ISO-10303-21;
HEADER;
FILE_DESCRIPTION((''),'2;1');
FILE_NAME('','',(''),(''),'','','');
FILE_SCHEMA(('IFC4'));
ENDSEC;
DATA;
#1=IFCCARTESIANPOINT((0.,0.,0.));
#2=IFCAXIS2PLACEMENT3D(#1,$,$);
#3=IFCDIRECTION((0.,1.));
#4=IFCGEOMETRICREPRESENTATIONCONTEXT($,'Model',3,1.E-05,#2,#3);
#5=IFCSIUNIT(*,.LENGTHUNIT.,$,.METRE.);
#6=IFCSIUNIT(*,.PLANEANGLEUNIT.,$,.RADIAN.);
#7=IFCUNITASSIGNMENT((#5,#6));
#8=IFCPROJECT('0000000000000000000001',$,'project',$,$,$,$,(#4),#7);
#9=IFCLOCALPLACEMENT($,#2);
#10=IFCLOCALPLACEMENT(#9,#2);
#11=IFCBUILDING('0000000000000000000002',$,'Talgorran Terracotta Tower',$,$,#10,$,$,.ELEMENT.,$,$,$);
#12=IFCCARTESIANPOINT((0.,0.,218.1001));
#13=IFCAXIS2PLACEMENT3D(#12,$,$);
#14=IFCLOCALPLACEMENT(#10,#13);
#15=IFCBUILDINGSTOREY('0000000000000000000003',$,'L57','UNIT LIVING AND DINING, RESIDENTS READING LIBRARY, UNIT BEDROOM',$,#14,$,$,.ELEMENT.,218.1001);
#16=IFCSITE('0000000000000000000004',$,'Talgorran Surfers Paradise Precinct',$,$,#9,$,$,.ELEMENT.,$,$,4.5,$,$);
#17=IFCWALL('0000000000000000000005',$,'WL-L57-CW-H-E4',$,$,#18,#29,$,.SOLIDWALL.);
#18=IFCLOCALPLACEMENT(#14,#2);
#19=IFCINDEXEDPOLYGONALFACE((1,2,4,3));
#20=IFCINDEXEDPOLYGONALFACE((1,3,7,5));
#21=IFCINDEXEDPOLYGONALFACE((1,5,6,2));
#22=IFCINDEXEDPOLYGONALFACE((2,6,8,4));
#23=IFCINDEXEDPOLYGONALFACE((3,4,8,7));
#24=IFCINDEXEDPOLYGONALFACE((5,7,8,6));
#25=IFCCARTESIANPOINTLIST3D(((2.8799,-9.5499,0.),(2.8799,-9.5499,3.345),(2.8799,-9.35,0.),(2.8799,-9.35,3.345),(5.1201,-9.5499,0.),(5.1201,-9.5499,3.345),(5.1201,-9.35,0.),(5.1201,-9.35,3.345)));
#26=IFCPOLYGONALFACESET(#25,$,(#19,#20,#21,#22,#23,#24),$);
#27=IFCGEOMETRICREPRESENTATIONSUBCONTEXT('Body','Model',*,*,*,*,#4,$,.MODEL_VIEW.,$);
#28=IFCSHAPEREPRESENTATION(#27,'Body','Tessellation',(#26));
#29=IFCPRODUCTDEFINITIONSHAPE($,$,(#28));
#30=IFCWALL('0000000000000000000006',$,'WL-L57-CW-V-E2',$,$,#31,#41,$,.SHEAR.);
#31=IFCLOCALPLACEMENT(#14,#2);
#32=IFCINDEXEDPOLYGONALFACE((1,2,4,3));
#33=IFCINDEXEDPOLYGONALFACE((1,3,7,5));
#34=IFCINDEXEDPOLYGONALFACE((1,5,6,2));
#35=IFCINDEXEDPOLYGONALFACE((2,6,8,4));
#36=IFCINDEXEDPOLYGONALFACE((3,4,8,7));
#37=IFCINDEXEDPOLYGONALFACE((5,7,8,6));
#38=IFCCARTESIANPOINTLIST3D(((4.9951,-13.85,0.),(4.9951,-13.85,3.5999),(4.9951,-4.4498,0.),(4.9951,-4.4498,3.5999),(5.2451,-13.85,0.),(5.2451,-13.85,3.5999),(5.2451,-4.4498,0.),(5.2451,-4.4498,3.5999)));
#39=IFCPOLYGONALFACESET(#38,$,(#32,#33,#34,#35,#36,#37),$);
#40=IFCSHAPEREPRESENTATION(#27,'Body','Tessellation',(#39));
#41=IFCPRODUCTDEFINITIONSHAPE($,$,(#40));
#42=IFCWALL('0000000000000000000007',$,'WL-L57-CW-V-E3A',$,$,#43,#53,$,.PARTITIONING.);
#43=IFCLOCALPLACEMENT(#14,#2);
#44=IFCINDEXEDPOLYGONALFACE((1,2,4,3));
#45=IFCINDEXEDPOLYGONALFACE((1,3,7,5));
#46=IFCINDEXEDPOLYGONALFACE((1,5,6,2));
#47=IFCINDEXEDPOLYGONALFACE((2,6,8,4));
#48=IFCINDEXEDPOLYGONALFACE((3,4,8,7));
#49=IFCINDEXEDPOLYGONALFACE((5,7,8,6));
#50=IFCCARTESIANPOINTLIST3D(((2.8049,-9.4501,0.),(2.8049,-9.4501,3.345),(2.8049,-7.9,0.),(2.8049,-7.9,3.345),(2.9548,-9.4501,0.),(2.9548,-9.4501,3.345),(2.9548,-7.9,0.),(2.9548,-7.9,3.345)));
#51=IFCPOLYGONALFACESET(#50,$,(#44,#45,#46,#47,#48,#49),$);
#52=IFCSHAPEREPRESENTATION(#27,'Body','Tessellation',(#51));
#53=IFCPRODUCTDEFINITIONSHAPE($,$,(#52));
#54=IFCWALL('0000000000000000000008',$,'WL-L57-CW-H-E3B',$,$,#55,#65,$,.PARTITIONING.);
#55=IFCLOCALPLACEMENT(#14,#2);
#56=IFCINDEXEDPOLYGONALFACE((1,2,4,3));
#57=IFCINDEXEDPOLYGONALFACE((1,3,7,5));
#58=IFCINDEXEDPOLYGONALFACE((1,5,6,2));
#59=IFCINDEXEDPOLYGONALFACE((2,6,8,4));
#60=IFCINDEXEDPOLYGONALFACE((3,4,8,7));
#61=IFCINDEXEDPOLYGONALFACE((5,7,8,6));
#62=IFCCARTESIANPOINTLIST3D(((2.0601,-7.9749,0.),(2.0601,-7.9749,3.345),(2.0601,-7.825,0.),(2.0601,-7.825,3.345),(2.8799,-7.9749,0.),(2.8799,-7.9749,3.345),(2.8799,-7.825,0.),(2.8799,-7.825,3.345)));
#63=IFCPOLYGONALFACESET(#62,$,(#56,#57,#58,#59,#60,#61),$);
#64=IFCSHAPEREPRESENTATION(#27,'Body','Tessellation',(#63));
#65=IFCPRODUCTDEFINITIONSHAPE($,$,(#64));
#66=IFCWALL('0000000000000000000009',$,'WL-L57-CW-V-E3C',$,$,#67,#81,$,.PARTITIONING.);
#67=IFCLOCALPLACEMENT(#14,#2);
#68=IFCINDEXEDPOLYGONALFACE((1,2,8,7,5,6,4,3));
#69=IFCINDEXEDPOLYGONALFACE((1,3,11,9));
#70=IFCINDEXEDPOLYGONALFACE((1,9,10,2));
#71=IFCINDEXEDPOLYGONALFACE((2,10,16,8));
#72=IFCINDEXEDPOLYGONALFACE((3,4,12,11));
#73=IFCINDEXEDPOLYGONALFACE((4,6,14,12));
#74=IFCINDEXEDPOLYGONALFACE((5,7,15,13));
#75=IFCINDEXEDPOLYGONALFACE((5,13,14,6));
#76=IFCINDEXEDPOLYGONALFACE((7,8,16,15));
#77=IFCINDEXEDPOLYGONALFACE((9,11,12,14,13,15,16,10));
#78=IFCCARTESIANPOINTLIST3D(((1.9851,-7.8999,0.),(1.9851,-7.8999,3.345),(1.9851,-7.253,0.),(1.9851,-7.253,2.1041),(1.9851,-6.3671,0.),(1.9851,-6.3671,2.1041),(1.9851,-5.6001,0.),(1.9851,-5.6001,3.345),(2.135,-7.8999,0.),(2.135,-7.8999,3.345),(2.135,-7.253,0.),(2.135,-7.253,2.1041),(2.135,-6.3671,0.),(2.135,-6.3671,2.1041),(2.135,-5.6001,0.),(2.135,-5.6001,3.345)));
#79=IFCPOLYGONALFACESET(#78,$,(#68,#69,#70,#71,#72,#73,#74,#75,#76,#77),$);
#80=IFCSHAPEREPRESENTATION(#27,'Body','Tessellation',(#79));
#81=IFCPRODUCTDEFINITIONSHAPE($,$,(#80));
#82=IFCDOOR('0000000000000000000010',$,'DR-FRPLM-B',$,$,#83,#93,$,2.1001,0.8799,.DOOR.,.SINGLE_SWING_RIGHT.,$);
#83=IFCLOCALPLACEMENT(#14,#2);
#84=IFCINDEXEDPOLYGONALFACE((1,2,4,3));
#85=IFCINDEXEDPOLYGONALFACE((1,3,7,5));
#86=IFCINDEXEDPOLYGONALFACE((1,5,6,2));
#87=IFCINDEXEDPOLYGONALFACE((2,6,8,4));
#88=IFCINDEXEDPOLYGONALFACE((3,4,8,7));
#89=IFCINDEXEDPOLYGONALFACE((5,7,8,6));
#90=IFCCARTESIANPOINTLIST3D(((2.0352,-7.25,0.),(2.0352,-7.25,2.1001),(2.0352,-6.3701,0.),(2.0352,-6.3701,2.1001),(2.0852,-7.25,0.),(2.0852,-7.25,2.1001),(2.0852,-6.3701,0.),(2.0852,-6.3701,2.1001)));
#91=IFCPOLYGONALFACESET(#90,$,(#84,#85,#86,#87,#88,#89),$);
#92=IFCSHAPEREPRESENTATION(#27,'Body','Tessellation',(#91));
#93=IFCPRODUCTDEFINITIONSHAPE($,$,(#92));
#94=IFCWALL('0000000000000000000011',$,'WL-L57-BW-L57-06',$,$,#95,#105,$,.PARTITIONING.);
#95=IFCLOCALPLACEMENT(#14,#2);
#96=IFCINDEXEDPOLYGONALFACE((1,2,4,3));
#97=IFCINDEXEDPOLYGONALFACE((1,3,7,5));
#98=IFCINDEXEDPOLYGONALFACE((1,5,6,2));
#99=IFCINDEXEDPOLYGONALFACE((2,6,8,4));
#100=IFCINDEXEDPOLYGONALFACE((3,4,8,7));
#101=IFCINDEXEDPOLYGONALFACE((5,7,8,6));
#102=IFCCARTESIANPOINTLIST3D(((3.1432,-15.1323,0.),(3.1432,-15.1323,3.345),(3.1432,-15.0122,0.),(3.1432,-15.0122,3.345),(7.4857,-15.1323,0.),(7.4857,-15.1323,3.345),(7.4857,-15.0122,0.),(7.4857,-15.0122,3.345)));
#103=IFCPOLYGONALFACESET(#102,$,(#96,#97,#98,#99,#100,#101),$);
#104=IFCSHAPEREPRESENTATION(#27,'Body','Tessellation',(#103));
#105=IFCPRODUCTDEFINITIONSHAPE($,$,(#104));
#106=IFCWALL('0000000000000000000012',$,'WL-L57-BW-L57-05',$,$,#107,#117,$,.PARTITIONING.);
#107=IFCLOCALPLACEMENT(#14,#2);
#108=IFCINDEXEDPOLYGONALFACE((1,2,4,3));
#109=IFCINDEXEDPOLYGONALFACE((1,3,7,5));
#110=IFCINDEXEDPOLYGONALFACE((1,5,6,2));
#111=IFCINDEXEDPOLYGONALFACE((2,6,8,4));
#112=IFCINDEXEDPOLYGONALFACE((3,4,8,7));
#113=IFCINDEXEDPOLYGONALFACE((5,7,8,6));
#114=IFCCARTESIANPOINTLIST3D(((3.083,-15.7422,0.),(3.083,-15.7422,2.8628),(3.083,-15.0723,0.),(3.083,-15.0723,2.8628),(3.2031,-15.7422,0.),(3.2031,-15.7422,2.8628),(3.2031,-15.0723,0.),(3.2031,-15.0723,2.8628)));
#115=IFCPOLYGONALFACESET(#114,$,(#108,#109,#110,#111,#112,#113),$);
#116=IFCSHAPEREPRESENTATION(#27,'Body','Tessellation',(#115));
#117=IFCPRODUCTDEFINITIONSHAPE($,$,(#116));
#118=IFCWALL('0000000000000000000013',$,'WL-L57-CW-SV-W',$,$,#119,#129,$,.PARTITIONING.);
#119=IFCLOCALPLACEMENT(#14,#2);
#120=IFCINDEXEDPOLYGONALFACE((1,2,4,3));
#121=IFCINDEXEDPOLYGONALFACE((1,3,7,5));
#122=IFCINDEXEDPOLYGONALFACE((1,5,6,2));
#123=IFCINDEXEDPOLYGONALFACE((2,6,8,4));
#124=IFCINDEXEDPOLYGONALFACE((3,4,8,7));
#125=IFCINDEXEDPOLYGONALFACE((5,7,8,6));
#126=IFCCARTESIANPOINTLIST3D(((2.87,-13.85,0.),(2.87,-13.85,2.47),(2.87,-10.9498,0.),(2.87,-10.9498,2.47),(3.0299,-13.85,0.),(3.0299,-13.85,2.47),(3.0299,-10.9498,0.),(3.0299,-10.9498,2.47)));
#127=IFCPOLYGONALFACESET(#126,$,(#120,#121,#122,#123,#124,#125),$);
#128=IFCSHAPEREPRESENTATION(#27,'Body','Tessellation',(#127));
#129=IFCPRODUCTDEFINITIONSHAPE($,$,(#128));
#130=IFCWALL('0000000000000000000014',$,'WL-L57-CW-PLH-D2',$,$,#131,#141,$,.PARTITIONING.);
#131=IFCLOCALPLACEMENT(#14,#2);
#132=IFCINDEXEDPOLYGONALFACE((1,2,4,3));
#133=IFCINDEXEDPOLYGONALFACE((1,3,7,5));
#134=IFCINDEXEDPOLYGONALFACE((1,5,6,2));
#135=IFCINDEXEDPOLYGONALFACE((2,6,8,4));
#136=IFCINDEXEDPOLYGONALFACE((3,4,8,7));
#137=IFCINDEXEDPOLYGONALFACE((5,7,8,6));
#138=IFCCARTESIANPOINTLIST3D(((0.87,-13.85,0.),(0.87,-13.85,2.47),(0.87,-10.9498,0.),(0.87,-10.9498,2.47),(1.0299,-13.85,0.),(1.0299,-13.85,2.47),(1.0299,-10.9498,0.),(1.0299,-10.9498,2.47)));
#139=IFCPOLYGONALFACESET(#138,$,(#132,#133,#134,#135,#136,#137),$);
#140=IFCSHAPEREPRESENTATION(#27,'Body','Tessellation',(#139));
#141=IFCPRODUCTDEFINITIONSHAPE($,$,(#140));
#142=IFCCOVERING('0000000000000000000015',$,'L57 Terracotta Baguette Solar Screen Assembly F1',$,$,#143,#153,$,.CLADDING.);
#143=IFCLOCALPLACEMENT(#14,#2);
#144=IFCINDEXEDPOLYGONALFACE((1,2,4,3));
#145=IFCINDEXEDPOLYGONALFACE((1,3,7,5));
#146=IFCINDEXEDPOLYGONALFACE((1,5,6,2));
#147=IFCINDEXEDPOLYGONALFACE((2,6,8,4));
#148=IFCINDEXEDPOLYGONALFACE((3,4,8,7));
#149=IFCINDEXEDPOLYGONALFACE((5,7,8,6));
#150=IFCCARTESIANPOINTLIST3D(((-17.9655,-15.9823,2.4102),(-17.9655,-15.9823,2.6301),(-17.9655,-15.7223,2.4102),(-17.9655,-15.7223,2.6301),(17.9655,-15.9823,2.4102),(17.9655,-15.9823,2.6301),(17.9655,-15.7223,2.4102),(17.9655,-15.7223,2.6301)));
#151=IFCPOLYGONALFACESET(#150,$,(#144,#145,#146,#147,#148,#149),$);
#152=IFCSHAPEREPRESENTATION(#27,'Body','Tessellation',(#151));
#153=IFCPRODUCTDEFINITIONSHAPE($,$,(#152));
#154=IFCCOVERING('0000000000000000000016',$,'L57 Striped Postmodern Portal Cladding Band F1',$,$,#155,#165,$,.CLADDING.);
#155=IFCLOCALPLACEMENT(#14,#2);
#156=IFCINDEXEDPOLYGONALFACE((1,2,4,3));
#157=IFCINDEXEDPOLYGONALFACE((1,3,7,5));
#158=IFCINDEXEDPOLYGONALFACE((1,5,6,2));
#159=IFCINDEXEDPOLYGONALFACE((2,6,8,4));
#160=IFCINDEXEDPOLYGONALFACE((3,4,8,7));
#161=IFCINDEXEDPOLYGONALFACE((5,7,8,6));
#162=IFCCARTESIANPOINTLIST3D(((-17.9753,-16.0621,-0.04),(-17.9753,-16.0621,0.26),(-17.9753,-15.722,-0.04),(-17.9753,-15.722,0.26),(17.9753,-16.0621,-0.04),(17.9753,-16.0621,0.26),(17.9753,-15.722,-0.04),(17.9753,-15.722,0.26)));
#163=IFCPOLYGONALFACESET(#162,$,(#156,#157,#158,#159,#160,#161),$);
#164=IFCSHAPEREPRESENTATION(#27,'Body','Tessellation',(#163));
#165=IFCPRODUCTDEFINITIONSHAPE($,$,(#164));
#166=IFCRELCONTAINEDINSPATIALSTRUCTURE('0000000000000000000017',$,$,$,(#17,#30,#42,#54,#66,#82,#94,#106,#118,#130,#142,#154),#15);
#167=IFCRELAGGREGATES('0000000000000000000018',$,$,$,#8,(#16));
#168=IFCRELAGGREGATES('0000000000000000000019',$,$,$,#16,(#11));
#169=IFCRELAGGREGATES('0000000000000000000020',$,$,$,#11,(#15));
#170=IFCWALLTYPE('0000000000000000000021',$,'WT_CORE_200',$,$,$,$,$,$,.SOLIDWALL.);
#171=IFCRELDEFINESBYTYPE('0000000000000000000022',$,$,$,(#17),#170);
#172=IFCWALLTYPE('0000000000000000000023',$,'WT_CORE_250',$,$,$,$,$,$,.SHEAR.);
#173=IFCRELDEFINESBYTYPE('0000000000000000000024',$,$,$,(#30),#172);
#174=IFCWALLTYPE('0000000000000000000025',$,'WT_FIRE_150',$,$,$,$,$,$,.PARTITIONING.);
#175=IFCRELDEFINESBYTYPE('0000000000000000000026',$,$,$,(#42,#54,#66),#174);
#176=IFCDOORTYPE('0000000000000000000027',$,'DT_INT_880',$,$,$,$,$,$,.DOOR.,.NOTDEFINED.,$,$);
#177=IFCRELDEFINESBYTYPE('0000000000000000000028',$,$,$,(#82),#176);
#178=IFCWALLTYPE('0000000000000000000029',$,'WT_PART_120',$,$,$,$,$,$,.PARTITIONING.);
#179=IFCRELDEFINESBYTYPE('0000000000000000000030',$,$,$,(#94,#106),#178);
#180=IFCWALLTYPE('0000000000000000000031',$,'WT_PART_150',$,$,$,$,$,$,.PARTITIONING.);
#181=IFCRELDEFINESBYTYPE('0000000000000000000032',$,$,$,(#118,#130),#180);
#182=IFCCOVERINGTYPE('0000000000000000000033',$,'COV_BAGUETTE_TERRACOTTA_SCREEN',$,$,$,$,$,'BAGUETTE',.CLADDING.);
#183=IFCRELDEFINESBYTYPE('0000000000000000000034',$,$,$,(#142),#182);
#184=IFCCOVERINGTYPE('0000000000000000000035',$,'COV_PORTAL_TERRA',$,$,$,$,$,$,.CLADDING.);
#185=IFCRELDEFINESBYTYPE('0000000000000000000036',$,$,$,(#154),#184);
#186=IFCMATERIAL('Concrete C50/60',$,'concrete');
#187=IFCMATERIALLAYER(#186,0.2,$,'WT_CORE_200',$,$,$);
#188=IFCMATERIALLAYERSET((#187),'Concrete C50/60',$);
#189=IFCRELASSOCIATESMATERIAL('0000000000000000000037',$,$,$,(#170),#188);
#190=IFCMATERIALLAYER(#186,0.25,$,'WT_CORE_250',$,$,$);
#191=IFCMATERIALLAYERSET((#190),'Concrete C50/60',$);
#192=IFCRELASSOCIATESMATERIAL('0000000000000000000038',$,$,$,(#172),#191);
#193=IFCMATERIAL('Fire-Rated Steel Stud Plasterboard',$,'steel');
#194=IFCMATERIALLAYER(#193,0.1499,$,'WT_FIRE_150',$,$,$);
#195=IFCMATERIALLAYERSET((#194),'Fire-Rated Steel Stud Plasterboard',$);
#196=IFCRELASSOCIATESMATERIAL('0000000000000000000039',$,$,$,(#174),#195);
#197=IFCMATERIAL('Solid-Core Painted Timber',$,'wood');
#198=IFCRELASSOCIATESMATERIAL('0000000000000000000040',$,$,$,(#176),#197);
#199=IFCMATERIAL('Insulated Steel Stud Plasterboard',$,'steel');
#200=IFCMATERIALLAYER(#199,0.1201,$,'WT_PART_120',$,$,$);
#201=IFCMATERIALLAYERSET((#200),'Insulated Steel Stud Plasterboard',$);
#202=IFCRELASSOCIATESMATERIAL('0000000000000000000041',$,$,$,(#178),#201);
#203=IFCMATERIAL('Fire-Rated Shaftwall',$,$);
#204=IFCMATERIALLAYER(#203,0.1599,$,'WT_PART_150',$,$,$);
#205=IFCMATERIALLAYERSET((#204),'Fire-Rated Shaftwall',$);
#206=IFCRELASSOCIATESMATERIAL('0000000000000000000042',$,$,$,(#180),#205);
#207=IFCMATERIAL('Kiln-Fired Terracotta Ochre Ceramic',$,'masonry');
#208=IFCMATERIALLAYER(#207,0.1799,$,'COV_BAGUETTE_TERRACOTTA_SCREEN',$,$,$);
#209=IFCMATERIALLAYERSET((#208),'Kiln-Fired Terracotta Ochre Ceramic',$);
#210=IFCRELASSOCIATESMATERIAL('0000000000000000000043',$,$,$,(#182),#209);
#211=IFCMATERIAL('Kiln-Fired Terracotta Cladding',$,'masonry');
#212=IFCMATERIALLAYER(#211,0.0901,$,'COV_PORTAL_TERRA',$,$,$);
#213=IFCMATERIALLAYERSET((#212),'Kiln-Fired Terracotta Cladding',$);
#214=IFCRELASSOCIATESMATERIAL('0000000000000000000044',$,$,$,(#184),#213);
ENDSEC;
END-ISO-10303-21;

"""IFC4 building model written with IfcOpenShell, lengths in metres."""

from ifc_helpers import new_model, si_unit, direction, frame, frame_2d, origin, origin_2d, place, context, subcontext, project, spatial, rectangle, extrude, material, layer, layer_set, type_object, element, fill, save


model = new_model("IFC4")

# Units and contexts
model_context = context("Model", 3, precision=1e-05, world=origin(), true_north=direction((0.0, 1.0)))
body_context = subcontext(model_context, "Body", "Model", "MODEL_VIEW")
ifc_project = project(units=[si_unit("LENGTHUNIT", "METRE"), si_unit("PLANEANGLEUNIT", "RADIAN")], contexts=[model_context])

# Site, building, storey
site_placement = place(None, origin())
site = spatial("IfcSite", under=ifc_project, at=site_placement, Name="Talgorran Surfers Paradise Precinct", CompositionType="ELEMENT", RefElevation=4.5)
building_placement = place(site_placement, origin())
building = spatial("IfcBuilding", under=site, at=building_placement, Name="Talgorran Terracotta Tower", CompositionType="ELEMENT")
storey_placement = place(building_placement, frame((0.0, 0.0, 218.1001)))
storey = spatial("IfcBuildingStorey", under=building, at=storey_placement, Name="L57", Description="UNIT LIVING AND DINING, RESIDENTS READING LIBRARY, UNIT BEDROOM", CompositionType="ELEMENT", Elevation=218.1001)

# Shared definitions
ifc_material_1 = material(Name="Concrete C50/60", Category="concrete")

# Shared definitions
ifc_layer_1 = layer(ifc_material_1, 0.2, Name="WT_CORE_200")
ifc_layer_set_1 = layer_set([ifc_layer_1], Name="Concrete C50/60")
wall_type_1 = type_object("IfcWallType", Name="WT_CORE_200", PredefinedType="SOLIDWALL", material=ifc_layer_set_1)

# Walls
wall_1_placement = place(storey_placement, frame((2.8799, -9.45, 0.0), z_axis=(0.0, 0.0, 1.0), x_axis=(1.0, 0.0, 0.0)))
element("IfcWall", 1, at=wall_1_placement, inside=storey, type_object=wall_type_1, Name="WL-L57-CW-H-E4", PredefinedType="SOLIDWALL", context=body_context, shape_type="SweptSolid", body=[
    extrude(rectangle(XDim=2.2402, YDim=0.2, at=frame_2d((1.1201, 0.0))), origin(), (0.0, 0.0, 1.0), 3.345),
])
ifc_layer_2 = layer(ifc_material_1, 0.25, Name="WT_CORE_250")
ifc_layer_set_2 = layer_set([ifc_layer_2], Name="Concrete C50/60")
wall_type_2 = type_object("IfcWallType", Name="WT_CORE_250", PredefinedType="SHEAR", material=ifc_layer_set_2)
wall_2_placement = place(storey_placement, frame((5.1201, -13.8501, 0.0), z_axis=(0.0, 0.0, 1.0), x_axis=(0.0, 1.0, 0.0)))
element("IfcWall", 2, at=wall_2_placement, inside=storey, type_object=wall_type_2, Name="WL-L57-CW-V-E2", PredefinedType="SHEAR", context=body_context, shape_type="SweptSolid", body=[
    extrude(rectangle(XDim=9.4001, YDim=0.25, at=frame_2d((4.7002, 0.0))), origin(), (0.0, 0.0, 1.0), 3.5999),
])
ifc_material_2 = material(Name="Fire-Rated Steel Stud Plasterboard", Category="steel")
ifc_layer_3 = layer(ifc_material_2, 0.1499, Name="WT_FIRE_150")
ifc_layer_set_3 = layer_set([ifc_layer_3], Name="Fire-Rated Steel Stud Plasterboard")
wall_type_3 = type_object("IfcWallType", Name="WT_FIRE_150", PredefinedType="PARTITIONING", material=ifc_layer_set_3)
wall_3_placement = place(storey_placement, frame((2.8799, -9.45, 0.0), z_axis=(0.0, 0.0, 1.0), x_axis=(0.0, 1.0, 0.0)))
element("IfcWall", 3, at=wall_3_placement, inside=storey, type_object=wall_type_3, Name="WL-L57-CW-V-E3A", PredefinedType="PARTITIONING", context=body_context, shape_type="SweptSolid", body=[
    extrude(rectangle(XDim=1.55, YDim=0.1499, at=frame_2d((0.7749, 0.0))), origin(), (0.0, 0.0, 1.0), 3.345),
])
wall_4_placement = place(storey_placement, frame((2.0601, -7.8999, 0.0), z_axis=(0.0, 0.0, 1.0), x_axis=(1.0, 0.0, 0.0)))
element("IfcWall", 4, at=wall_4_placement, inside=storey, type_object=wall_type_3, Name="WL-L57-CW-H-E3B", PredefinedType="PARTITIONING", context=body_context, shape_type="SweptSolid", body=[
    extrude(rectangle(XDim=0.8198, YDim=0.1499, at=frame_2d((0.4099, 0.0))), origin(), (0.0, 0.0, 1.0), 3.345),
])

# Wall, opening, door
wall_5_placement = place(storey_placement, frame((2.0601, -7.8999, 0.0), z_axis=(0.0, 0.0, 1.0), x_axis=(0.0, 1.0, 0.0)))
wall_5 = element("IfcWall", 5, at=wall_5_placement, inside=storey, type_object=wall_type_3, Name="WL-L57-CW-V-E3C", PredefinedType="PARTITIONING", context=body_context, shape_type="SweptSolid", body=[
    extrude(rectangle(XDim=2.2998, YDim=0.1499, at=frame_2d((1.1499, 0.0))), origin(), (0.0, 0.0, 1.0), 3.345),
])
opening_1_placement = place(wall_5_placement, frame((0.6499, 0.0, 0.0)))
opening_1 = element("IfcOpeningElement", 6, at=opening_1_placement, cuts=wall_5, PredefinedType="OPENING", context=body_context, shape_type="SweptSolid", body=[
    extrude(rectangle(XDim=0.8859, YDim=2.1041, at=frame_2d((0.4399, 1.052))), frame((0.0, 0.085, 0.0), z_axis=(0.0, -1.0, 0.0), x_axis=(1.0, 0.0, 0.0)), (0.0, 0.0, 1.0), 0.1699),
])
ifc_material_3 = material(Name="Solid-Core Painted Timber", Category="wood")
door_type_1 = type_object("IfcDoorType", Name="DT_INT_880", OperationType="NOTDEFINED", PredefinedType="DOOR", material=ifc_material_3)
door_1_placement = place(opening_1_placement, origin())
door_1 = element("IfcDoor", 7, at=door_1_placement, inside=storey, type_object=door_type_1, Name="DR-FRPLM-B", OperationType="SINGLE_SWING_RIGHT", OverallHeight=2.1001, OverallWidth=0.8799, PredefinedType="DOOR", context=body_context, shape_type="SweptSolid", body=[
    extrude(rectangle(XDim=0.8799, YDim=2.1001, at=frame_2d((0.4399, 1.05))), frame((0.0, 0.0249, 0.0), z_axis=(0.0, -1.0, 0.0), x_axis=(1.0, 0.0, 0.0)), (0.0, 0.0, 1.0), 0.05),
])
fill(opening_1, door_1)

# Walls
ifc_material_4 = material(Name="Insulated Steel Stud Plasterboard", Category="steel")
ifc_layer_4 = layer(ifc_material_4, 0.1201, Name="WT_PART_120")
ifc_layer_set_4 = layer_set([ifc_layer_4], Name="Insulated Steel Stud Plasterboard")
wall_type_4 = type_object("IfcWallType", Name="WT_PART_120", PredefinedType="PARTITIONING", material=ifc_layer_set_4)
wall_6_placement = place(storey_placement, frame((3.1431, -15.0723, 0.0), z_axis=(0.0, 0.0, 1.0), x_axis=(1.0, 0.0, 0.0)))
element("IfcWall", 8, at=wall_6_placement, inside=storey, type_object=wall_type_4, Name="WL-L57-BW-L57-06", PredefinedType="PARTITIONING", context=body_context, shape_type="SweptSolid", body=[
    extrude(rectangle(XDim=4.3425, YDim=0.1201, at=frame_2d((2.1714, 0.0))), origin(), (0.0, 0.0, 1.0), 3.345),
])
wall_7_placement = place(storey_placement, frame((3.1431, -15.7422, 0.0), z_axis=(0.0, 0.0, 1.0), x_axis=(0.0, 1.0, 0.0)))
element("IfcWall", 9, at=wall_7_placement, inside=storey, type_object=wall_type_4, Name="WL-L57-BW-L57-05", PredefinedType="PARTITIONING", context=body_context, shape_type="SweptSolid", body=[
    extrude(rectangle(XDim=0.6699, YDim=0.1201, at=frame_2d((0.335, 0.0))), origin(), (0.0, 0.0, 1.0), 2.8628),
])
ifc_material_5 = material(Name="Fire-Rated Shaftwall")
ifc_layer_5 = layer(ifc_material_5, 0.1599, Name="WT_PART_150")
ifc_layer_set_5 = layer_set([ifc_layer_5], Name="Fire-Rated Shaftwall")
wall_type_5 = type_object("IfcWallType", Name="WT_PART_150", PredefinedType="PARTITIONING", material=ifc_layer_set_5)
for number, where, z_axis, x_axis, name in (
    (10, (2.95, -13.8501, 0.0), (0.0, 0.0, 1.0), (0.0, 1.0, 0.0), "WL-L57-CW-SV-W"),
    (11, (0.95, -13.8501, 0.0), (0.0, 0.0, 1.0), (0.0, 1.0, 0.0), "WL-L57-CW-PLH-D2"),
):
    element("IfcWall", number, at=place(storey_placement, frame(where, z_axis=z_axis, x_axis=x_axis)), inside=storey, type_object=wall_type_5, Name=name, PredefinedType="PARTITIONING", context=body_context, shape_type="SweptSolid", body=[
        extrude(rectangle(XDim=2.9001, YDim=0.1599, at=frame_2d((1.4502, 0.0))), origin(), (0.0, 0.0, 1.0), 2.47),
    ])

# Coverings
ifc_material_6 = material(Name="Kiln-Fired Terracotta Ochre Ceramic", Category="masonry")
ifc_layer_6 = layer(ifc_material_6, 0.1799, Name="COV_BAGUETTE_TERRACOTTA_SCREEN")
ifc_layer_set_6 = layer_set([ifc_layer_6], Name="Kiln-Fired Terracotta Ochre Ceramic")
covering_type_1 = type_object("IfcCoveringType", Name="COV_BAGUETTE_TERRACOTTA_SCREEN", ElementType="BAGUETTE", PredefinedType="CLADDING", material=ifc_layer_set_6)
covering_1_placement = place(storey_placement, frame((0.0, -15.8523, 2.4102), z_axis=(0.0, 0.0, 1.0), x_axis=(1.0, 0.0, 0.0)))
element("IfcCovering", 12, at=covering_1_placement, inside=storey, type_object=covering_type_1, Name="L57 Terracotta Baguette Solar Screen Assembly F1", PredefinedType="CLADDING", context=body_context, shape_type="SweptSolid", body=[
    extrude(rectangle(XDim=35.9309, YDim=0.26, at=origin_2d()), origin(), (0.0, 0.0, 1.0), 0.22),
])
ifc_material_7 = material(Name="Kiln-Fired Terracotta Cladding", Category="masonry")
ifc_layer_7 = layer(ifc_material_7, 0.0901, Name="COV_PORTAL_TERRA")
ifc_layer_set_7 = layer_set([ifc_layer_7], Name="Kiln-Fired Terracotta Cladding")
covering_type_2 = type_object("IfcCoveringType", Name="COV_PORTAL_TERRA", PredefinedType="CLADDING", material=ifc_layer_set_7)
covering_2_placement = place(storey_placement, frame((0.0, -15.8921, -0.04), z_axis=(0.0, 0.0, 1.0), x_axis=(1.0, 0.0, 0.0)))
element("IfcCovering", 13, at=covering_2_placement, inside=storey, type_object=covering_type_2, Name="L57 Striped Postmodern Portal Cladding Band F1", PredefinedType="CLADDING", context=body_context, shape_type="SweptSolid", body=[
    extrude(rectangle(XDim=35.9507, YDim=0.3401, at=origin_2d()), origin(), (0.0, 0.0, 1.0), 0.3),
])

save(model, "model.ifc")
